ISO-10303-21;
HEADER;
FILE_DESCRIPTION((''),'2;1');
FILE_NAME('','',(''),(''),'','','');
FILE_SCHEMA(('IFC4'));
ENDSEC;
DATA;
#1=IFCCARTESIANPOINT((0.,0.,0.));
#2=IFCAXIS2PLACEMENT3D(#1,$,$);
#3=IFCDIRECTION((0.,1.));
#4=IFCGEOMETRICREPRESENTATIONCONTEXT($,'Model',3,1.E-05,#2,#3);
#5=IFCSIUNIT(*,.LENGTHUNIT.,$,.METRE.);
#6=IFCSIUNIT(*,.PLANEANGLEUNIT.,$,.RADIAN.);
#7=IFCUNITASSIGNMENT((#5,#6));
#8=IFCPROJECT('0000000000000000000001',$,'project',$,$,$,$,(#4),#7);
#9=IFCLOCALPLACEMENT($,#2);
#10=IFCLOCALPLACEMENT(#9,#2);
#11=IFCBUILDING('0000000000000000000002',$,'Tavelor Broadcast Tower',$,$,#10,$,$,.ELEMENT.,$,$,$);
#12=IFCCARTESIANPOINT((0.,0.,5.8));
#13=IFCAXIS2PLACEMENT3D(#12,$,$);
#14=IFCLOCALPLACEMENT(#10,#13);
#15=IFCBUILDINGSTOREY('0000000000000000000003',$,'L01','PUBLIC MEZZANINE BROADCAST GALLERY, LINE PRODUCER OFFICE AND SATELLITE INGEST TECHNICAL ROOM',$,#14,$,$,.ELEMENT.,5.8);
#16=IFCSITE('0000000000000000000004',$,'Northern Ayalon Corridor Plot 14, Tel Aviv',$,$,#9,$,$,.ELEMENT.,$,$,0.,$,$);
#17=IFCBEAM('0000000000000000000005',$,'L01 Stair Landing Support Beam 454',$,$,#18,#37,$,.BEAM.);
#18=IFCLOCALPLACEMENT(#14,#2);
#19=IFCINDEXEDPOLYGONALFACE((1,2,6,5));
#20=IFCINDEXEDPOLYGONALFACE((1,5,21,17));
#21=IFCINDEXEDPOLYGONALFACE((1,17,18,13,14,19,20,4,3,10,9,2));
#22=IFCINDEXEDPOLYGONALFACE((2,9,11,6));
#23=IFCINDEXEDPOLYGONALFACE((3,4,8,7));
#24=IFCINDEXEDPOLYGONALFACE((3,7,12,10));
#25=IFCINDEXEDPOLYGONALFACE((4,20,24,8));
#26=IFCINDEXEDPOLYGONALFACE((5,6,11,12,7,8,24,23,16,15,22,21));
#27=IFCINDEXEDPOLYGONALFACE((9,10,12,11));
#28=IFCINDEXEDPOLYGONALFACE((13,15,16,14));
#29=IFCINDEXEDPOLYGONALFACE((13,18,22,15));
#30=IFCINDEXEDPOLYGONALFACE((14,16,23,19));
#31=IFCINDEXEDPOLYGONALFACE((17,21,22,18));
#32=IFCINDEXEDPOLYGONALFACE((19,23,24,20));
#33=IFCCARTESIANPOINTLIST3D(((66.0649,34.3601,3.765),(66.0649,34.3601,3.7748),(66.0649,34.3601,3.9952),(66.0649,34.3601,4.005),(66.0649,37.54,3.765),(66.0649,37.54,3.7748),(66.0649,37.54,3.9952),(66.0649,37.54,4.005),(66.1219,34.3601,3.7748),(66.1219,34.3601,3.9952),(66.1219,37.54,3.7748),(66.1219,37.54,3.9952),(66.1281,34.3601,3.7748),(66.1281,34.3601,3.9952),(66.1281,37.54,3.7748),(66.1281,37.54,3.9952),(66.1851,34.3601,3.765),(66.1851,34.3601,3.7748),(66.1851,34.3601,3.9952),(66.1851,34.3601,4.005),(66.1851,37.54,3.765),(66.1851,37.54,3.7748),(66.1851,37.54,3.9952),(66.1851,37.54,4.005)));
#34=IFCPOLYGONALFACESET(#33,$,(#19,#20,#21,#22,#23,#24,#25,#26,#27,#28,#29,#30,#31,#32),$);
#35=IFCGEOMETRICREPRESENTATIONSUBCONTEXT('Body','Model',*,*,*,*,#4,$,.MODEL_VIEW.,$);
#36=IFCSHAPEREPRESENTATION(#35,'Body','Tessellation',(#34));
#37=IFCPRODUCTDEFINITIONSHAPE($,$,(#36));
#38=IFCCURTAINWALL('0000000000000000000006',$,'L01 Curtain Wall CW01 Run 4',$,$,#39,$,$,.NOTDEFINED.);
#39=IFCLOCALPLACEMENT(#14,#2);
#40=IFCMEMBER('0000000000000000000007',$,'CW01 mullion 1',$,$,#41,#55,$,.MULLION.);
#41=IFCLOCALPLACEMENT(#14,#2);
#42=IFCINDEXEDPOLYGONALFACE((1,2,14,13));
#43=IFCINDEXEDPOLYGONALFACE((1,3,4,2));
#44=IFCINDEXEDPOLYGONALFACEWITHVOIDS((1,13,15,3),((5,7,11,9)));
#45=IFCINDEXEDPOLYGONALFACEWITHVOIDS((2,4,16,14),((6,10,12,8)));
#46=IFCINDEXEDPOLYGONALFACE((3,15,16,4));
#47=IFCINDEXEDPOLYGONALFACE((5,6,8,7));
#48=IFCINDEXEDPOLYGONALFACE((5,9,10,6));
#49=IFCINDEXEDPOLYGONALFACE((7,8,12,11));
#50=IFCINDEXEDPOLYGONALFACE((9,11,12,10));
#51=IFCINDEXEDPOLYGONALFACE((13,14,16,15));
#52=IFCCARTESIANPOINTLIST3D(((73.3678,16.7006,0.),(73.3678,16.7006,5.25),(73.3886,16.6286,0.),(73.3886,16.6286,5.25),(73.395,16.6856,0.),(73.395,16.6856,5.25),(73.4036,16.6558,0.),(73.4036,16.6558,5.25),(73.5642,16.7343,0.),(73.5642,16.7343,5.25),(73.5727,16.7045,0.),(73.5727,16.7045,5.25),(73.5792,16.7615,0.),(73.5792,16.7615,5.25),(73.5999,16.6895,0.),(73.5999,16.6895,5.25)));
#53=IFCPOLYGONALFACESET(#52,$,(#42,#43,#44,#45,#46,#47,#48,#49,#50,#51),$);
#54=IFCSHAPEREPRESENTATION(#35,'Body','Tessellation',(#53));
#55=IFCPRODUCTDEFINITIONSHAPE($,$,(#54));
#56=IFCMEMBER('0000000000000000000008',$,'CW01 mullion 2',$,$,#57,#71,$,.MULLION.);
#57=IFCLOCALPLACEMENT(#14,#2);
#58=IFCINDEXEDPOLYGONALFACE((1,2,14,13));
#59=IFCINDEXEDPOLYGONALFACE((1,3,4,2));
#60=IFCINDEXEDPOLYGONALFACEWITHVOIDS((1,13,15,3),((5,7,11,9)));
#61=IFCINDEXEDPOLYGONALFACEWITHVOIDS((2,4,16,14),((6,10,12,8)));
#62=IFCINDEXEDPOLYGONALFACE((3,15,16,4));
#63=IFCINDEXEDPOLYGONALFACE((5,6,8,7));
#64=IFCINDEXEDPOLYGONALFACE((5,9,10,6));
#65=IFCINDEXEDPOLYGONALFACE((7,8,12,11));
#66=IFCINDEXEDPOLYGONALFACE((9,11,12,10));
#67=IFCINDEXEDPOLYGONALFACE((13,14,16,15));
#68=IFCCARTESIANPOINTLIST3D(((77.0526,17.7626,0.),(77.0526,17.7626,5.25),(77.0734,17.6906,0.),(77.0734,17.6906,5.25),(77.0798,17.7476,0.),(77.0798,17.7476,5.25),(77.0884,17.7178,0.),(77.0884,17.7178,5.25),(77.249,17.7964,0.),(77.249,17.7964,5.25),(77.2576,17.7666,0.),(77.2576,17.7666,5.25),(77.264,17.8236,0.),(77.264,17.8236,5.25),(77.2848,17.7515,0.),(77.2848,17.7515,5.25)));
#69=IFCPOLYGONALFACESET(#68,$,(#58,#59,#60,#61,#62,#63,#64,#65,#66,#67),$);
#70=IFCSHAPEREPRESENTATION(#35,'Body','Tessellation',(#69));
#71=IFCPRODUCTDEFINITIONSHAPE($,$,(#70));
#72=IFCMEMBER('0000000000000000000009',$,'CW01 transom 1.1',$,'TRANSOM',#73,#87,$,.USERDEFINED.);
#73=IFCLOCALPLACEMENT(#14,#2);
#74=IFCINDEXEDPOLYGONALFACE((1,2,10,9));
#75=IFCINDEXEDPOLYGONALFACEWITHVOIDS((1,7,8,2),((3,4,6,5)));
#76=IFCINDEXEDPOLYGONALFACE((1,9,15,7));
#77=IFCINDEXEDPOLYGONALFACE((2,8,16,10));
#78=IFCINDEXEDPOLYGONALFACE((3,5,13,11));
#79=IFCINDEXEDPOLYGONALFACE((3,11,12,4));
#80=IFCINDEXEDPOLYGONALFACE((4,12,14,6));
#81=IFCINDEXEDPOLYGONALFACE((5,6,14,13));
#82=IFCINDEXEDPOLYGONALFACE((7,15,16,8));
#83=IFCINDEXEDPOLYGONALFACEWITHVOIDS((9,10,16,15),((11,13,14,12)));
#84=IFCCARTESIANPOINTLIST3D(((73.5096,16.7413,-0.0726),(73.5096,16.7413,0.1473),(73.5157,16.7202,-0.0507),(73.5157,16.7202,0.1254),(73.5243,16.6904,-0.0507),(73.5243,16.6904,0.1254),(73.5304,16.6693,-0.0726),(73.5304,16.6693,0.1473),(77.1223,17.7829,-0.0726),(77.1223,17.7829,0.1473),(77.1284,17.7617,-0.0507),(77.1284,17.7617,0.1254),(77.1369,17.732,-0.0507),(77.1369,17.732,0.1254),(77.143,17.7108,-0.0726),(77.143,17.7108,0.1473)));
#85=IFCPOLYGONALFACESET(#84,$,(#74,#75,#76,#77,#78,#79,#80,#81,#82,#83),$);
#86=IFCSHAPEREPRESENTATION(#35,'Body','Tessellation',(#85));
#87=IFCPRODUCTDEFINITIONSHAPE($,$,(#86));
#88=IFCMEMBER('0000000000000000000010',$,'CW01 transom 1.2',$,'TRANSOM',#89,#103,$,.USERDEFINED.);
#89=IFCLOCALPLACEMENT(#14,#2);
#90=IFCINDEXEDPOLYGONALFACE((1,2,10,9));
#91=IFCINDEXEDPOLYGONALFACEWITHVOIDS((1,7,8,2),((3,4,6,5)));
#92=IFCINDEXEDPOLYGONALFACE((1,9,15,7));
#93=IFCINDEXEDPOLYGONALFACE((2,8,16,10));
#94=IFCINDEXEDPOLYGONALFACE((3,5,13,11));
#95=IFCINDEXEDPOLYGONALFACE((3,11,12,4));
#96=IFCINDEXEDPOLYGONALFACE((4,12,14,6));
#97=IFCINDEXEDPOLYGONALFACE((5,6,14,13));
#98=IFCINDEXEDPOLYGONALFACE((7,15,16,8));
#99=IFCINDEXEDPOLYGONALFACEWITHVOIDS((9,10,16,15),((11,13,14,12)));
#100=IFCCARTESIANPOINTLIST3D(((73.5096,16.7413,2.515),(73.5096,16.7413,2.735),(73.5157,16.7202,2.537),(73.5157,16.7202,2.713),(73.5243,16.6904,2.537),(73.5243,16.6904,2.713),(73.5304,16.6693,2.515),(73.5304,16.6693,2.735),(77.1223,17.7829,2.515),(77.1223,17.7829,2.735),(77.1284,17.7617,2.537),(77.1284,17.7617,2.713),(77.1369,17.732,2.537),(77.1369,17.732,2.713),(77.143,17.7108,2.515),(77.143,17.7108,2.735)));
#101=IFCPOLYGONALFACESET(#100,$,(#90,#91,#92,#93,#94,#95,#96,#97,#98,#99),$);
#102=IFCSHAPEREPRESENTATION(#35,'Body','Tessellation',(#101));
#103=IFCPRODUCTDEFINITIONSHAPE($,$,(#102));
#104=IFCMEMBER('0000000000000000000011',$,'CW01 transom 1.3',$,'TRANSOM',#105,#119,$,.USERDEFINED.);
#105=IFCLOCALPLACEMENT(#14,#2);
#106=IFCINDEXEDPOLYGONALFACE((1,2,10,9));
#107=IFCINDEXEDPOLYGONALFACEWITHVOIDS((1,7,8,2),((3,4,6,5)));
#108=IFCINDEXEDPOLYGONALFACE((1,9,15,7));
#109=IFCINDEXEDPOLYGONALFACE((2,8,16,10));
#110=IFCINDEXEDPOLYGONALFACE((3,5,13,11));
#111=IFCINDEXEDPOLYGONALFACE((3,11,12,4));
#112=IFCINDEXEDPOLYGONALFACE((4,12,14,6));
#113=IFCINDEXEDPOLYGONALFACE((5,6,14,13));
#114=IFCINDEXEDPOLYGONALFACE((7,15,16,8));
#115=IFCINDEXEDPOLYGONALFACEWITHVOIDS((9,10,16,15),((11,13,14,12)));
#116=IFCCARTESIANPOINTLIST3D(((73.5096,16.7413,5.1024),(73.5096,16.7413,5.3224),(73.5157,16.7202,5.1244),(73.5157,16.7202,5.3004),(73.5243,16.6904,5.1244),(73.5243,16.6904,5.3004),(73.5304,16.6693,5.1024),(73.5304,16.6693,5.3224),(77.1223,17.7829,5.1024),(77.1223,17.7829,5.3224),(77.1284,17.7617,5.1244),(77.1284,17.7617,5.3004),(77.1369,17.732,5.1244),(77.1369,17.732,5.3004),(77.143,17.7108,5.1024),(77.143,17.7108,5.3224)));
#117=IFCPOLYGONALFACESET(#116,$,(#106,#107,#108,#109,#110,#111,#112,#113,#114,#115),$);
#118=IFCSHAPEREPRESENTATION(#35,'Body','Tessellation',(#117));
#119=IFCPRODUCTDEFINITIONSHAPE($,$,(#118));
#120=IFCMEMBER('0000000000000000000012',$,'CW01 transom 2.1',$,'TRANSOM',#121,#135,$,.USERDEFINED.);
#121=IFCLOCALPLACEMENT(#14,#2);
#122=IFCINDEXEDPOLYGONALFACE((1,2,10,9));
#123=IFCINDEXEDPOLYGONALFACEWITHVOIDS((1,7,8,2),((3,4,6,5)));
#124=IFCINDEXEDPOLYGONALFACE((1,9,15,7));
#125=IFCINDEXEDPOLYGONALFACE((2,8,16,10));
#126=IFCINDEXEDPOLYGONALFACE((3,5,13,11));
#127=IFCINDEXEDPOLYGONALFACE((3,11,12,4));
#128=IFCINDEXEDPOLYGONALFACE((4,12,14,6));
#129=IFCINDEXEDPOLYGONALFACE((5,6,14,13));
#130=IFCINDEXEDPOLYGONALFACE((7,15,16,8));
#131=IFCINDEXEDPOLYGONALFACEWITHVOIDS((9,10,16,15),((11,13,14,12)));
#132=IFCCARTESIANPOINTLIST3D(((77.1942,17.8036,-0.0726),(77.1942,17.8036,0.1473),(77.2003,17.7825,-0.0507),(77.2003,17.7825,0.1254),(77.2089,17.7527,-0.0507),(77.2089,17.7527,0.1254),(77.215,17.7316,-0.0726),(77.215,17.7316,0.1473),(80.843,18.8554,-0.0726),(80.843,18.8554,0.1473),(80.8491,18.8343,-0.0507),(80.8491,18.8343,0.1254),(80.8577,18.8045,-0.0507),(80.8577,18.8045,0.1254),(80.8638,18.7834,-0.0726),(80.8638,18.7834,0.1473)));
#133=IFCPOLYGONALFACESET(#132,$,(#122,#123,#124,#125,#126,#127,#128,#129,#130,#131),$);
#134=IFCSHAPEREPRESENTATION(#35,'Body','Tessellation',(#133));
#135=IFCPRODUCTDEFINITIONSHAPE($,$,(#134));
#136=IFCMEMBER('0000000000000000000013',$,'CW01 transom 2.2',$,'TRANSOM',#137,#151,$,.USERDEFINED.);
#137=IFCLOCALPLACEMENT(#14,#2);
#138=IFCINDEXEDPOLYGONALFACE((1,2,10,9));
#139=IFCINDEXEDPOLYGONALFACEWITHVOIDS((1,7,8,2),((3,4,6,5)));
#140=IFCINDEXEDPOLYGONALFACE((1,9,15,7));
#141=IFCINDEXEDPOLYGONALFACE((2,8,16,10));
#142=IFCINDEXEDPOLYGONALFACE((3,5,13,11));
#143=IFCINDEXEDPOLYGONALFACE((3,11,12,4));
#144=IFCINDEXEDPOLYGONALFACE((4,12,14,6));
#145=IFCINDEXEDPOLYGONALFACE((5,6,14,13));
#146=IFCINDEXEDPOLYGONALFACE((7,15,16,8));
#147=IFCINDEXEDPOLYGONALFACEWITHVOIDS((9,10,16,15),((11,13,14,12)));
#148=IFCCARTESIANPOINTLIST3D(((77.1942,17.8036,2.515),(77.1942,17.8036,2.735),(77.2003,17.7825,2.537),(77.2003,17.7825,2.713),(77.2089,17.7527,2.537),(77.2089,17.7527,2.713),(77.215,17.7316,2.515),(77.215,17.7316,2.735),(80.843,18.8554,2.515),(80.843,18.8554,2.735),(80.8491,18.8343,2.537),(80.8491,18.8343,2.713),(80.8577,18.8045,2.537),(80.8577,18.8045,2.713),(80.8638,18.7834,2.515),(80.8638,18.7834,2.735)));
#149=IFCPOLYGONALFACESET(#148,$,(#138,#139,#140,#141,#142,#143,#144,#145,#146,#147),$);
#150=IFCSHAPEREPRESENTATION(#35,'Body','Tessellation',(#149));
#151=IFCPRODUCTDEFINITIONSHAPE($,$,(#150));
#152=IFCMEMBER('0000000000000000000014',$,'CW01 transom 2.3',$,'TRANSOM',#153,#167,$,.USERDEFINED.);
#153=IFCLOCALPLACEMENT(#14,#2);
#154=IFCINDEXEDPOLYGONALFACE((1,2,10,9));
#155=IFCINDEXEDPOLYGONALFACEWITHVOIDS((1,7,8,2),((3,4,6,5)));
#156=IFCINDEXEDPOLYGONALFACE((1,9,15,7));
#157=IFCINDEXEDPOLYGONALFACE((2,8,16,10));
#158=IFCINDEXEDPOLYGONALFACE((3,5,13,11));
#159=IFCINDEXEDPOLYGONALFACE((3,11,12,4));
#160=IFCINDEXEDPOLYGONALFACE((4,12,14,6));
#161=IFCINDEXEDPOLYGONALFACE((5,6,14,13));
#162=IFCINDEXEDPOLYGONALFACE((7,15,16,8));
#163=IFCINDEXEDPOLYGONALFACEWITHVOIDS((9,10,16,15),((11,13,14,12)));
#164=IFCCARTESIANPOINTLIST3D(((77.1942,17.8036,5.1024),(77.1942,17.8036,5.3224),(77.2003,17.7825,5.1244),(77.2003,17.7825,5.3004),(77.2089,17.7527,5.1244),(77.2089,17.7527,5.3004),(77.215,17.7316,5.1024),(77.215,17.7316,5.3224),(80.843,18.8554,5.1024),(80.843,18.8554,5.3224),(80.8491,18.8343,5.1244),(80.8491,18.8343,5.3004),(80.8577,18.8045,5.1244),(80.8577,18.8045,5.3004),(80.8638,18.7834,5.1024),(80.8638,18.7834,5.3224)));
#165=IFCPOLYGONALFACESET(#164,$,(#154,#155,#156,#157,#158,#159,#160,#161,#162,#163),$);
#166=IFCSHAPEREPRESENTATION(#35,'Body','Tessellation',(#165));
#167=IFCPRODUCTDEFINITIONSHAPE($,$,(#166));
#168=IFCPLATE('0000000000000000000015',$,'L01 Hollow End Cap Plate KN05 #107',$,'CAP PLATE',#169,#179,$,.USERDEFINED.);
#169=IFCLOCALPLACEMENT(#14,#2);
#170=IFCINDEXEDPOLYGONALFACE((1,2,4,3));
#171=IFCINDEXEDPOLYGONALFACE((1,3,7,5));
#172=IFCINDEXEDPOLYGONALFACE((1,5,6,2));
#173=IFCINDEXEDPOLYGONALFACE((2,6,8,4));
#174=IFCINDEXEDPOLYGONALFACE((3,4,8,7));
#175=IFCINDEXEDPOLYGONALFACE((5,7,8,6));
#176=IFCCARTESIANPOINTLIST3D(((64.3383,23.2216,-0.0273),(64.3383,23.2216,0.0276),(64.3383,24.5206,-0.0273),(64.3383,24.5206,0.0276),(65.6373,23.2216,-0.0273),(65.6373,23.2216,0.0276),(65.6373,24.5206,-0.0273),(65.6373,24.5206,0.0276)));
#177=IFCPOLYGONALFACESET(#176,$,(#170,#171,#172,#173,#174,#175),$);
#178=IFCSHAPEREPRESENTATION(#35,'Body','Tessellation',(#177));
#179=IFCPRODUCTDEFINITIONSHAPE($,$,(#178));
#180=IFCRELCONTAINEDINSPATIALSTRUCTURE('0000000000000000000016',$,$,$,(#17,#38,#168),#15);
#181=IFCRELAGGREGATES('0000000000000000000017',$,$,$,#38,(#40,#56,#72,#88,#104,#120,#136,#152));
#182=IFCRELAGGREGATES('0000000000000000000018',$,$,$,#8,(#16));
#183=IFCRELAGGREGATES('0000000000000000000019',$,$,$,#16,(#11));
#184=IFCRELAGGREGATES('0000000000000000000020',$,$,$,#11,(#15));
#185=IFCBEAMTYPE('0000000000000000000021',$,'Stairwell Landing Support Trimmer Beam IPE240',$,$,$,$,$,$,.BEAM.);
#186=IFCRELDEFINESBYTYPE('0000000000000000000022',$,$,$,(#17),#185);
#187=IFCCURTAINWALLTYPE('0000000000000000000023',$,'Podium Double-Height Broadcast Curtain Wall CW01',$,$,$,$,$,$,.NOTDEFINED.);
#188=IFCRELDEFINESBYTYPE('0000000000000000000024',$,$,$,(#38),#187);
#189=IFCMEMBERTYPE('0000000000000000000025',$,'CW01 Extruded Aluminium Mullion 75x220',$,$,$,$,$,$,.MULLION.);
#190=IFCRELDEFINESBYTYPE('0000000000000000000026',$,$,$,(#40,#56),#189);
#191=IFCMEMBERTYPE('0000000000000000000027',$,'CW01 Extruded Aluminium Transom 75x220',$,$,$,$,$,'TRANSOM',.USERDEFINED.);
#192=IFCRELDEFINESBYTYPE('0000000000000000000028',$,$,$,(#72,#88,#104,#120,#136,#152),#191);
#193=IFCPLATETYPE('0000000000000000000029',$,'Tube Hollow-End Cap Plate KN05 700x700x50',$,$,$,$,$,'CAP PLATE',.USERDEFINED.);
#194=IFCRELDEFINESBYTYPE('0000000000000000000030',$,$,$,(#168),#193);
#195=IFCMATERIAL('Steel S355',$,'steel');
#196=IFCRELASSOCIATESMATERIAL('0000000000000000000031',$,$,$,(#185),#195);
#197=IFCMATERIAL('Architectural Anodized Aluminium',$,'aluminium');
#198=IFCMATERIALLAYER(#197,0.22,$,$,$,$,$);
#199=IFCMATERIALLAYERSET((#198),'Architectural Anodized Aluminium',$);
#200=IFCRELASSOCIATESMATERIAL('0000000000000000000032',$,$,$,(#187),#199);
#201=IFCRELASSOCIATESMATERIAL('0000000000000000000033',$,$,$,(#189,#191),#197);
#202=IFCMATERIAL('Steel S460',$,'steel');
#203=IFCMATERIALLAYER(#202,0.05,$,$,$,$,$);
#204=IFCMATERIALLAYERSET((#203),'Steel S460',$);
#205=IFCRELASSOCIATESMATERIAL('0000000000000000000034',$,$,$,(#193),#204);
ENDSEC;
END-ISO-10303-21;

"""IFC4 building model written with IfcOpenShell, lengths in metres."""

from ifc_helpers import new_model, si_unit, direction, frame, origin, origin_2d, place, context, subcontext, project, spatial, rectangle, hollow_rectangle, i_section, extrude, source, transform, mapped, material, layer, layer_set, material_profile, profile_set, type_object, type_shapes, element, aggregate, save


model = new_model("IFC4")

# Units and contexts
model_context = context("Model", 3, precision=1e-05, world=origin(), true_north=direction((0.0, 1.0)))
body_context = subcontext(model_context, "Body", "Model", "MODEL_VIEW")
ifc_project = project(units=[si_unit("LENGTHUNIT", "METRE"), si_unit("PLANEANGLEUNIT", "RADIAN")], contexts=[model_context])

# Site, building, storey
site_placement = place(None, origin())
site = spatial("IfcSite", under=ifc_project, at=site_placement, Name="Northern Ayalon Corridor Plot 14, Tel Aviv", CompositionType="ELEMENT", RefElevation=0.0)
building_placement = place(site_placement, origin())
building = spatial("IfcBuilding", under=site, at=building_placement, Name="Tavelor Broadcast Tower", CompositionType="ELEMENT")
storey_placement = place(building_placement, frame((0.0, 0.0, 5.8)))
storey = spatial("IfcBuildingStorey", under=building, at=storey_placement, Name="L01", Description="PUBLIC MEZZANINE BROADCAST GALLERY, LINE PRODUCER OFFICE AND SATELLITE INGEST TECHNICAL ROOM", CompositionType="ELEMENT", Elevation=5.8)

# Shared definitions
ifc_material_1 = material(Name="Steel S460", Category="steel")

# Beam
ifc_material_2 = material(Name="Steel S355", Category="steel")
ifc_material_profile_1 = material_profile(ifc_material_2, i_section(OverallWidth=0.1201, OverallDepth=0.24, WebThickness=0.0061, FlangeThickness=0.0098, at=origin_2d()), Name="IPE 240")
ifc_profile_set_1 = profile_set([ifc_material_profile_1], Name="Steel S355")
beam_type_1 = type_object("IfcBeamType", Name="Stairwell Landing Support Trimmer Beam IPE240", PredefinedType="BEAM", material=ifc_profile_set_1)
for number, where, z_axis, x_axis, name in (
    (1, (66.125, 34.3601, 3.885), (0.0, 1.0, 0.0), (-1.0, 0.0, 0.0), "L01 Stair Landing Support Beam 454"),
):
    element("IfcBeam", number, at=place(storey_placement, frame(where, z_axis=z_axis, x_axis=x_axis)), inside=storey, type_object=beam_type_1, Name=name, PredefinedType="BEAM", context=body_context, shape_type="SweptSolid", body=[
        extrude(i_section(OverallWidth=0.1201, OverallDepth=0.24, WebThickness=0.0061, FlangeThickness=0.0098, at=origin_2d()), origin(), (0.0, 0.0, 1.0), 3.1799),
    ])

# Curtain wall, members
ifc_material_3 = material(Name="Architectural Anodized Aluminium", Category="aluminium")
ifc_layer_1 = layer(ifc_material_3, 0.22)
ifc_layer_set_1 = layer_set([ifc_layer_1], Name="Architectural Anodized Aluminium")
curtain_wall_type = type_object("IfcCurtainWallType", Name="Podium Double-Height Broadcast Curtain Wall CW01", PredefinedType="NOTDEFINED", material=ifc_layer_set_1)
curtain_wall_placement = place(storey_placement, origin())
curtain_wall = element("IfcCurtainWall", 2, at=curtain_wall_placement, inside=storey, type_object=curtain_wall_type, Name="L01 Curtain Wall CW01 Run 4", PredefinedType="NOTDEFINED")
ifc_material_profile_2 = material_profile(ifc_material_3, hollow_rectangle(XDim=0.075, YDim=0.22, WallThickness=0.022, at=origin_2d()), Name="RHS 75x220x22")
ifc_profile_set_2 = profile_set([ifc_material_profile_2], Name="Architectural Anodized Aluminium")
member_type_1 = type_object("IfcMemberType", Name="CW01 Extruded Aluminium Mullion 75x220", PredefinedType="MULLION", material=ifc_profile_set_2)
shared_shape_1 = source(origin(), body_context, "Body", "SweptSolid", [
    extrude(hollow_rectangle(XDim=0.075, YDim=0.22, WallThickness=0.022, at=origin_2d()), origin(), (0.0, 0.0, 1.0), 5.25),
])
type_shapes(member_type_1, [shared_shape_1])
member_1_placement = place(storey_placement, frame((73.4839, 16.6951, 0.0), z_axis=(0.0, 0.0, 1.0), x_axis=(-0.276981, 0.960876, 0.0)))
member_1 = element("IfcMember", 3, at=member_1_placement, type_object=member_type_1, Name="CW01 mullion 1", PredefinedType="MULLION", context=body_context, shape_type="MappedRepresentation", body=[
    mapped(shared_shape_1, transform((0.0, 0.0, 0.0), scale=1.0)),
])
member_2_placement = place(storey_placement, frame((77.1687, 17.7571, 0.0), z_axis=(0.0, 0.0, 1.0), x_axis=(-0.276981, 0.960876, 0.0)))
member_2 = element("IfcMember", 4, at=member_2_placement, type_object=member_type_1, Name="CW01 mullion 2", PredefinedType="MULLION", context=body_context, shape_type="MappedRepresentation", body=[
    mapped(shared_shape_1, transform((0.0, 0.0, 0.0), scale=1.0)),
])
ifc_material_profile_3 = material_profile(ifc_material_3, hollow_rectangle(XDim=0.075, YDim=0.22, WallThickness=0.022, at=origin_2d()), Name="RHS 75x220x22")
ifc_profile_set_3 = profile_set([ifc_material_profile_3], Name="Architectural Anodized Aluminium")
member_type_2 = type_object("IfcMemberType", Name="CW01 Extruded Aluminium Transom 75x220", ElementType="TRANSOM", PredefinedType="USERDEFINED", material=ifc_profile_set_3)
shared_shape_2 = source(origin(), body_context, "Body", "SweptSolid", [
    extrude(hollow_rectangle(XDim=0.075, YDim=0.22, WallThickness=0.022, at=origin_2d()), origin(), (0.0, 0.0, 1.0), 3.7598),
])
member_3_placement = place(storey_placement, frame((73.52, 16.7053, 0.0374), z_axis=(0.960864, 0.277019, 0.0), x_axis=(-0.277019, 0.960864, 0.0)))
member_3 = element("IfcMember", 5, at=member_3_placement, type_object=member_type_2, Name="CW01 transom 1.1", ObjectType="TRANSOM", PredefinedType="USERDEFINED", context=body_context, shape_type="MappedRepresentation", body=[
    mapped(shared_shape_2, transform((0.0, 0.0, 0.0), scale=1.0)),
])
member_4_placement = place(storey_placement, frame((73.52, 16.7053, 2.625), z_axis=(0.960864, 0.277019, 0.0), x_axis=(-0.277019, 0.960864, 0.0)))
member_4 = element("IfcMember", 6, at=member_4_placement, type_object=member_type_2, Name="CW01 transom 1.2", ObjectType="TRANSOM", PredefinedType="USERDEFINED", context=body_context, shape_type="MappedRepresentation", body=[
    mapped(shared_shape_2, transform((0.0, 0.0, 0.0), scale=1.0)),
])
member_5_placement = place(storey_placement, frame((73.52, 16.7053, 5.2124), z_axis=(0.960864, 0.277019, 0.0), x_axis=(-0.277019, 0.960864, 0.0)))
member_5 = element("IfcMember", 7, at=member_5_placement, type_object=member_type_2, Name="CW01 transom 1.3", ObjectType="TRANSOM", PredefinedType="USERDEFINED", context=body_context, shape_type="MappedRepresentation", body=[
    mapped(shared_shape_2, transform((0.0, 0.0, 0.0), scale=1.0)),
])
shared_shape_3 = source(origin(), body_context, "Body", "SweptSolid", [
    extrude(hollow_rectangle(XDim=0.075, YDim=0.22, WallThickness=0.022, at=origin_2d()), origin(), (0.0, 0.0, 1.0), 3.7974),
])
type_shapes(member_type_2, [shared_shape_2, shared_shape_3])
member_6_placement = place(storey_placement, frame((77.2046, 17.7676, 0.0374), z_axis=(0.960876, 0.276979, 0.0), x_axis=(-0.276979, 0.960876, 0.0)))
member_6 = element("IfcMember", 8, at=member_6_placement, type_object=member_type_2, Name="CW01 transom 2.1", ObjectType="TRANSOM", PredefinedType="USERDEFINED", context=body_context, shape_type="MappedRepresentation", body=[
    mapped(shared_shape_3, transform((0.0, 0.0, 0.0), scale=1.0)),
])
member_7_placement = place(storey_placement, frame((77.2046, 17.7676, 2.625), z_axis=(0.960876, 0.276979, 0.0), x_axis=(-0.276979, 0.960876, 0.0)))
member_7 = element("IfcMember", 9, at=member_7_placement, type_object=member_type_2, Name="CW01 transom 2.2", ObjectType="TRANSOM", PredefinedType="USERDEFINED", context=body_context, shape_type="MappedRepresentation", body=[
    mapped(shared_shape_3, transform((0.0, 0.0, 0.0), scale=1.0)),
])
member_8_placement = place(storey_placement, frame((77.2046, 17.7676, 5.2124), z_axis=(0.960876, 0.276979, 0.0), x_axis=(-0.276979, 0.960876, 0.0)))
member_8 = element("IfcMember", 10, at=member_8_placement, type_object=member_type_2, Name="CW01 transom 2.3", ObjectType="TRANSOM", PredefinedType="USERDEFINED", context=body_context, shape_type="MappedRepresentation", body=[
    mapped(shared_shape_3, transform((0.0, 0.0, 0.0), scale=1.0)),
])

# Plate
ifc_layer_2 = layer(ifc_material_1, 0.05)
ifc_layer_set_2 = layer_set([ifc_layer_2], Name="Steel S460")
plate_type_1 = type_object("IfcPlateType", Name="Tube Hollow-End Cap Plate KN05 700x700x50", ElementType="CAP PLATE", PredefinedType="USERDEFINED", material=ifc_layer_set_2)
shared_shape_4 = source(origin(), body_context, "Body", "SweptSolid", [
    extrude(rectangle(XDim=1.2991, YDim=1.2991, at=origin_2d()), origin(), (0.0, 0.0, 1.0), 0.0549),
])
type_shapes(plate_type_1, [shared_shape_4])
for number, where, z_axis, x_axis, name in (
    (11, (64.9878, 23.8711, -0.0273), (0.0, 0.0, 1.0), (1.0, 0.0, 0.0), "L01 Hollow End Cap Plate KN05 #107"),
):
    element("IfcPlate", number, at=place(storey_placement, frame(where, z_axis=z_axis, x_axis=x_axis)), inside=storey, type_object=plate_type_1, Name=name, ObjectType="CAP PLATE", PredefinedType="USERDEFINED", context=body_context, shape_type="MappedRepresentation", body=[
        mapped(shared_shape_4, transform((0.0, 0.0, 0.0), scale=1.0)),
    ])

aggregate(curtain_wall, [member_1, member_2, member_3, member_4, member_5, member_6, member_7, member_8])

save(model, "model.ifc")
